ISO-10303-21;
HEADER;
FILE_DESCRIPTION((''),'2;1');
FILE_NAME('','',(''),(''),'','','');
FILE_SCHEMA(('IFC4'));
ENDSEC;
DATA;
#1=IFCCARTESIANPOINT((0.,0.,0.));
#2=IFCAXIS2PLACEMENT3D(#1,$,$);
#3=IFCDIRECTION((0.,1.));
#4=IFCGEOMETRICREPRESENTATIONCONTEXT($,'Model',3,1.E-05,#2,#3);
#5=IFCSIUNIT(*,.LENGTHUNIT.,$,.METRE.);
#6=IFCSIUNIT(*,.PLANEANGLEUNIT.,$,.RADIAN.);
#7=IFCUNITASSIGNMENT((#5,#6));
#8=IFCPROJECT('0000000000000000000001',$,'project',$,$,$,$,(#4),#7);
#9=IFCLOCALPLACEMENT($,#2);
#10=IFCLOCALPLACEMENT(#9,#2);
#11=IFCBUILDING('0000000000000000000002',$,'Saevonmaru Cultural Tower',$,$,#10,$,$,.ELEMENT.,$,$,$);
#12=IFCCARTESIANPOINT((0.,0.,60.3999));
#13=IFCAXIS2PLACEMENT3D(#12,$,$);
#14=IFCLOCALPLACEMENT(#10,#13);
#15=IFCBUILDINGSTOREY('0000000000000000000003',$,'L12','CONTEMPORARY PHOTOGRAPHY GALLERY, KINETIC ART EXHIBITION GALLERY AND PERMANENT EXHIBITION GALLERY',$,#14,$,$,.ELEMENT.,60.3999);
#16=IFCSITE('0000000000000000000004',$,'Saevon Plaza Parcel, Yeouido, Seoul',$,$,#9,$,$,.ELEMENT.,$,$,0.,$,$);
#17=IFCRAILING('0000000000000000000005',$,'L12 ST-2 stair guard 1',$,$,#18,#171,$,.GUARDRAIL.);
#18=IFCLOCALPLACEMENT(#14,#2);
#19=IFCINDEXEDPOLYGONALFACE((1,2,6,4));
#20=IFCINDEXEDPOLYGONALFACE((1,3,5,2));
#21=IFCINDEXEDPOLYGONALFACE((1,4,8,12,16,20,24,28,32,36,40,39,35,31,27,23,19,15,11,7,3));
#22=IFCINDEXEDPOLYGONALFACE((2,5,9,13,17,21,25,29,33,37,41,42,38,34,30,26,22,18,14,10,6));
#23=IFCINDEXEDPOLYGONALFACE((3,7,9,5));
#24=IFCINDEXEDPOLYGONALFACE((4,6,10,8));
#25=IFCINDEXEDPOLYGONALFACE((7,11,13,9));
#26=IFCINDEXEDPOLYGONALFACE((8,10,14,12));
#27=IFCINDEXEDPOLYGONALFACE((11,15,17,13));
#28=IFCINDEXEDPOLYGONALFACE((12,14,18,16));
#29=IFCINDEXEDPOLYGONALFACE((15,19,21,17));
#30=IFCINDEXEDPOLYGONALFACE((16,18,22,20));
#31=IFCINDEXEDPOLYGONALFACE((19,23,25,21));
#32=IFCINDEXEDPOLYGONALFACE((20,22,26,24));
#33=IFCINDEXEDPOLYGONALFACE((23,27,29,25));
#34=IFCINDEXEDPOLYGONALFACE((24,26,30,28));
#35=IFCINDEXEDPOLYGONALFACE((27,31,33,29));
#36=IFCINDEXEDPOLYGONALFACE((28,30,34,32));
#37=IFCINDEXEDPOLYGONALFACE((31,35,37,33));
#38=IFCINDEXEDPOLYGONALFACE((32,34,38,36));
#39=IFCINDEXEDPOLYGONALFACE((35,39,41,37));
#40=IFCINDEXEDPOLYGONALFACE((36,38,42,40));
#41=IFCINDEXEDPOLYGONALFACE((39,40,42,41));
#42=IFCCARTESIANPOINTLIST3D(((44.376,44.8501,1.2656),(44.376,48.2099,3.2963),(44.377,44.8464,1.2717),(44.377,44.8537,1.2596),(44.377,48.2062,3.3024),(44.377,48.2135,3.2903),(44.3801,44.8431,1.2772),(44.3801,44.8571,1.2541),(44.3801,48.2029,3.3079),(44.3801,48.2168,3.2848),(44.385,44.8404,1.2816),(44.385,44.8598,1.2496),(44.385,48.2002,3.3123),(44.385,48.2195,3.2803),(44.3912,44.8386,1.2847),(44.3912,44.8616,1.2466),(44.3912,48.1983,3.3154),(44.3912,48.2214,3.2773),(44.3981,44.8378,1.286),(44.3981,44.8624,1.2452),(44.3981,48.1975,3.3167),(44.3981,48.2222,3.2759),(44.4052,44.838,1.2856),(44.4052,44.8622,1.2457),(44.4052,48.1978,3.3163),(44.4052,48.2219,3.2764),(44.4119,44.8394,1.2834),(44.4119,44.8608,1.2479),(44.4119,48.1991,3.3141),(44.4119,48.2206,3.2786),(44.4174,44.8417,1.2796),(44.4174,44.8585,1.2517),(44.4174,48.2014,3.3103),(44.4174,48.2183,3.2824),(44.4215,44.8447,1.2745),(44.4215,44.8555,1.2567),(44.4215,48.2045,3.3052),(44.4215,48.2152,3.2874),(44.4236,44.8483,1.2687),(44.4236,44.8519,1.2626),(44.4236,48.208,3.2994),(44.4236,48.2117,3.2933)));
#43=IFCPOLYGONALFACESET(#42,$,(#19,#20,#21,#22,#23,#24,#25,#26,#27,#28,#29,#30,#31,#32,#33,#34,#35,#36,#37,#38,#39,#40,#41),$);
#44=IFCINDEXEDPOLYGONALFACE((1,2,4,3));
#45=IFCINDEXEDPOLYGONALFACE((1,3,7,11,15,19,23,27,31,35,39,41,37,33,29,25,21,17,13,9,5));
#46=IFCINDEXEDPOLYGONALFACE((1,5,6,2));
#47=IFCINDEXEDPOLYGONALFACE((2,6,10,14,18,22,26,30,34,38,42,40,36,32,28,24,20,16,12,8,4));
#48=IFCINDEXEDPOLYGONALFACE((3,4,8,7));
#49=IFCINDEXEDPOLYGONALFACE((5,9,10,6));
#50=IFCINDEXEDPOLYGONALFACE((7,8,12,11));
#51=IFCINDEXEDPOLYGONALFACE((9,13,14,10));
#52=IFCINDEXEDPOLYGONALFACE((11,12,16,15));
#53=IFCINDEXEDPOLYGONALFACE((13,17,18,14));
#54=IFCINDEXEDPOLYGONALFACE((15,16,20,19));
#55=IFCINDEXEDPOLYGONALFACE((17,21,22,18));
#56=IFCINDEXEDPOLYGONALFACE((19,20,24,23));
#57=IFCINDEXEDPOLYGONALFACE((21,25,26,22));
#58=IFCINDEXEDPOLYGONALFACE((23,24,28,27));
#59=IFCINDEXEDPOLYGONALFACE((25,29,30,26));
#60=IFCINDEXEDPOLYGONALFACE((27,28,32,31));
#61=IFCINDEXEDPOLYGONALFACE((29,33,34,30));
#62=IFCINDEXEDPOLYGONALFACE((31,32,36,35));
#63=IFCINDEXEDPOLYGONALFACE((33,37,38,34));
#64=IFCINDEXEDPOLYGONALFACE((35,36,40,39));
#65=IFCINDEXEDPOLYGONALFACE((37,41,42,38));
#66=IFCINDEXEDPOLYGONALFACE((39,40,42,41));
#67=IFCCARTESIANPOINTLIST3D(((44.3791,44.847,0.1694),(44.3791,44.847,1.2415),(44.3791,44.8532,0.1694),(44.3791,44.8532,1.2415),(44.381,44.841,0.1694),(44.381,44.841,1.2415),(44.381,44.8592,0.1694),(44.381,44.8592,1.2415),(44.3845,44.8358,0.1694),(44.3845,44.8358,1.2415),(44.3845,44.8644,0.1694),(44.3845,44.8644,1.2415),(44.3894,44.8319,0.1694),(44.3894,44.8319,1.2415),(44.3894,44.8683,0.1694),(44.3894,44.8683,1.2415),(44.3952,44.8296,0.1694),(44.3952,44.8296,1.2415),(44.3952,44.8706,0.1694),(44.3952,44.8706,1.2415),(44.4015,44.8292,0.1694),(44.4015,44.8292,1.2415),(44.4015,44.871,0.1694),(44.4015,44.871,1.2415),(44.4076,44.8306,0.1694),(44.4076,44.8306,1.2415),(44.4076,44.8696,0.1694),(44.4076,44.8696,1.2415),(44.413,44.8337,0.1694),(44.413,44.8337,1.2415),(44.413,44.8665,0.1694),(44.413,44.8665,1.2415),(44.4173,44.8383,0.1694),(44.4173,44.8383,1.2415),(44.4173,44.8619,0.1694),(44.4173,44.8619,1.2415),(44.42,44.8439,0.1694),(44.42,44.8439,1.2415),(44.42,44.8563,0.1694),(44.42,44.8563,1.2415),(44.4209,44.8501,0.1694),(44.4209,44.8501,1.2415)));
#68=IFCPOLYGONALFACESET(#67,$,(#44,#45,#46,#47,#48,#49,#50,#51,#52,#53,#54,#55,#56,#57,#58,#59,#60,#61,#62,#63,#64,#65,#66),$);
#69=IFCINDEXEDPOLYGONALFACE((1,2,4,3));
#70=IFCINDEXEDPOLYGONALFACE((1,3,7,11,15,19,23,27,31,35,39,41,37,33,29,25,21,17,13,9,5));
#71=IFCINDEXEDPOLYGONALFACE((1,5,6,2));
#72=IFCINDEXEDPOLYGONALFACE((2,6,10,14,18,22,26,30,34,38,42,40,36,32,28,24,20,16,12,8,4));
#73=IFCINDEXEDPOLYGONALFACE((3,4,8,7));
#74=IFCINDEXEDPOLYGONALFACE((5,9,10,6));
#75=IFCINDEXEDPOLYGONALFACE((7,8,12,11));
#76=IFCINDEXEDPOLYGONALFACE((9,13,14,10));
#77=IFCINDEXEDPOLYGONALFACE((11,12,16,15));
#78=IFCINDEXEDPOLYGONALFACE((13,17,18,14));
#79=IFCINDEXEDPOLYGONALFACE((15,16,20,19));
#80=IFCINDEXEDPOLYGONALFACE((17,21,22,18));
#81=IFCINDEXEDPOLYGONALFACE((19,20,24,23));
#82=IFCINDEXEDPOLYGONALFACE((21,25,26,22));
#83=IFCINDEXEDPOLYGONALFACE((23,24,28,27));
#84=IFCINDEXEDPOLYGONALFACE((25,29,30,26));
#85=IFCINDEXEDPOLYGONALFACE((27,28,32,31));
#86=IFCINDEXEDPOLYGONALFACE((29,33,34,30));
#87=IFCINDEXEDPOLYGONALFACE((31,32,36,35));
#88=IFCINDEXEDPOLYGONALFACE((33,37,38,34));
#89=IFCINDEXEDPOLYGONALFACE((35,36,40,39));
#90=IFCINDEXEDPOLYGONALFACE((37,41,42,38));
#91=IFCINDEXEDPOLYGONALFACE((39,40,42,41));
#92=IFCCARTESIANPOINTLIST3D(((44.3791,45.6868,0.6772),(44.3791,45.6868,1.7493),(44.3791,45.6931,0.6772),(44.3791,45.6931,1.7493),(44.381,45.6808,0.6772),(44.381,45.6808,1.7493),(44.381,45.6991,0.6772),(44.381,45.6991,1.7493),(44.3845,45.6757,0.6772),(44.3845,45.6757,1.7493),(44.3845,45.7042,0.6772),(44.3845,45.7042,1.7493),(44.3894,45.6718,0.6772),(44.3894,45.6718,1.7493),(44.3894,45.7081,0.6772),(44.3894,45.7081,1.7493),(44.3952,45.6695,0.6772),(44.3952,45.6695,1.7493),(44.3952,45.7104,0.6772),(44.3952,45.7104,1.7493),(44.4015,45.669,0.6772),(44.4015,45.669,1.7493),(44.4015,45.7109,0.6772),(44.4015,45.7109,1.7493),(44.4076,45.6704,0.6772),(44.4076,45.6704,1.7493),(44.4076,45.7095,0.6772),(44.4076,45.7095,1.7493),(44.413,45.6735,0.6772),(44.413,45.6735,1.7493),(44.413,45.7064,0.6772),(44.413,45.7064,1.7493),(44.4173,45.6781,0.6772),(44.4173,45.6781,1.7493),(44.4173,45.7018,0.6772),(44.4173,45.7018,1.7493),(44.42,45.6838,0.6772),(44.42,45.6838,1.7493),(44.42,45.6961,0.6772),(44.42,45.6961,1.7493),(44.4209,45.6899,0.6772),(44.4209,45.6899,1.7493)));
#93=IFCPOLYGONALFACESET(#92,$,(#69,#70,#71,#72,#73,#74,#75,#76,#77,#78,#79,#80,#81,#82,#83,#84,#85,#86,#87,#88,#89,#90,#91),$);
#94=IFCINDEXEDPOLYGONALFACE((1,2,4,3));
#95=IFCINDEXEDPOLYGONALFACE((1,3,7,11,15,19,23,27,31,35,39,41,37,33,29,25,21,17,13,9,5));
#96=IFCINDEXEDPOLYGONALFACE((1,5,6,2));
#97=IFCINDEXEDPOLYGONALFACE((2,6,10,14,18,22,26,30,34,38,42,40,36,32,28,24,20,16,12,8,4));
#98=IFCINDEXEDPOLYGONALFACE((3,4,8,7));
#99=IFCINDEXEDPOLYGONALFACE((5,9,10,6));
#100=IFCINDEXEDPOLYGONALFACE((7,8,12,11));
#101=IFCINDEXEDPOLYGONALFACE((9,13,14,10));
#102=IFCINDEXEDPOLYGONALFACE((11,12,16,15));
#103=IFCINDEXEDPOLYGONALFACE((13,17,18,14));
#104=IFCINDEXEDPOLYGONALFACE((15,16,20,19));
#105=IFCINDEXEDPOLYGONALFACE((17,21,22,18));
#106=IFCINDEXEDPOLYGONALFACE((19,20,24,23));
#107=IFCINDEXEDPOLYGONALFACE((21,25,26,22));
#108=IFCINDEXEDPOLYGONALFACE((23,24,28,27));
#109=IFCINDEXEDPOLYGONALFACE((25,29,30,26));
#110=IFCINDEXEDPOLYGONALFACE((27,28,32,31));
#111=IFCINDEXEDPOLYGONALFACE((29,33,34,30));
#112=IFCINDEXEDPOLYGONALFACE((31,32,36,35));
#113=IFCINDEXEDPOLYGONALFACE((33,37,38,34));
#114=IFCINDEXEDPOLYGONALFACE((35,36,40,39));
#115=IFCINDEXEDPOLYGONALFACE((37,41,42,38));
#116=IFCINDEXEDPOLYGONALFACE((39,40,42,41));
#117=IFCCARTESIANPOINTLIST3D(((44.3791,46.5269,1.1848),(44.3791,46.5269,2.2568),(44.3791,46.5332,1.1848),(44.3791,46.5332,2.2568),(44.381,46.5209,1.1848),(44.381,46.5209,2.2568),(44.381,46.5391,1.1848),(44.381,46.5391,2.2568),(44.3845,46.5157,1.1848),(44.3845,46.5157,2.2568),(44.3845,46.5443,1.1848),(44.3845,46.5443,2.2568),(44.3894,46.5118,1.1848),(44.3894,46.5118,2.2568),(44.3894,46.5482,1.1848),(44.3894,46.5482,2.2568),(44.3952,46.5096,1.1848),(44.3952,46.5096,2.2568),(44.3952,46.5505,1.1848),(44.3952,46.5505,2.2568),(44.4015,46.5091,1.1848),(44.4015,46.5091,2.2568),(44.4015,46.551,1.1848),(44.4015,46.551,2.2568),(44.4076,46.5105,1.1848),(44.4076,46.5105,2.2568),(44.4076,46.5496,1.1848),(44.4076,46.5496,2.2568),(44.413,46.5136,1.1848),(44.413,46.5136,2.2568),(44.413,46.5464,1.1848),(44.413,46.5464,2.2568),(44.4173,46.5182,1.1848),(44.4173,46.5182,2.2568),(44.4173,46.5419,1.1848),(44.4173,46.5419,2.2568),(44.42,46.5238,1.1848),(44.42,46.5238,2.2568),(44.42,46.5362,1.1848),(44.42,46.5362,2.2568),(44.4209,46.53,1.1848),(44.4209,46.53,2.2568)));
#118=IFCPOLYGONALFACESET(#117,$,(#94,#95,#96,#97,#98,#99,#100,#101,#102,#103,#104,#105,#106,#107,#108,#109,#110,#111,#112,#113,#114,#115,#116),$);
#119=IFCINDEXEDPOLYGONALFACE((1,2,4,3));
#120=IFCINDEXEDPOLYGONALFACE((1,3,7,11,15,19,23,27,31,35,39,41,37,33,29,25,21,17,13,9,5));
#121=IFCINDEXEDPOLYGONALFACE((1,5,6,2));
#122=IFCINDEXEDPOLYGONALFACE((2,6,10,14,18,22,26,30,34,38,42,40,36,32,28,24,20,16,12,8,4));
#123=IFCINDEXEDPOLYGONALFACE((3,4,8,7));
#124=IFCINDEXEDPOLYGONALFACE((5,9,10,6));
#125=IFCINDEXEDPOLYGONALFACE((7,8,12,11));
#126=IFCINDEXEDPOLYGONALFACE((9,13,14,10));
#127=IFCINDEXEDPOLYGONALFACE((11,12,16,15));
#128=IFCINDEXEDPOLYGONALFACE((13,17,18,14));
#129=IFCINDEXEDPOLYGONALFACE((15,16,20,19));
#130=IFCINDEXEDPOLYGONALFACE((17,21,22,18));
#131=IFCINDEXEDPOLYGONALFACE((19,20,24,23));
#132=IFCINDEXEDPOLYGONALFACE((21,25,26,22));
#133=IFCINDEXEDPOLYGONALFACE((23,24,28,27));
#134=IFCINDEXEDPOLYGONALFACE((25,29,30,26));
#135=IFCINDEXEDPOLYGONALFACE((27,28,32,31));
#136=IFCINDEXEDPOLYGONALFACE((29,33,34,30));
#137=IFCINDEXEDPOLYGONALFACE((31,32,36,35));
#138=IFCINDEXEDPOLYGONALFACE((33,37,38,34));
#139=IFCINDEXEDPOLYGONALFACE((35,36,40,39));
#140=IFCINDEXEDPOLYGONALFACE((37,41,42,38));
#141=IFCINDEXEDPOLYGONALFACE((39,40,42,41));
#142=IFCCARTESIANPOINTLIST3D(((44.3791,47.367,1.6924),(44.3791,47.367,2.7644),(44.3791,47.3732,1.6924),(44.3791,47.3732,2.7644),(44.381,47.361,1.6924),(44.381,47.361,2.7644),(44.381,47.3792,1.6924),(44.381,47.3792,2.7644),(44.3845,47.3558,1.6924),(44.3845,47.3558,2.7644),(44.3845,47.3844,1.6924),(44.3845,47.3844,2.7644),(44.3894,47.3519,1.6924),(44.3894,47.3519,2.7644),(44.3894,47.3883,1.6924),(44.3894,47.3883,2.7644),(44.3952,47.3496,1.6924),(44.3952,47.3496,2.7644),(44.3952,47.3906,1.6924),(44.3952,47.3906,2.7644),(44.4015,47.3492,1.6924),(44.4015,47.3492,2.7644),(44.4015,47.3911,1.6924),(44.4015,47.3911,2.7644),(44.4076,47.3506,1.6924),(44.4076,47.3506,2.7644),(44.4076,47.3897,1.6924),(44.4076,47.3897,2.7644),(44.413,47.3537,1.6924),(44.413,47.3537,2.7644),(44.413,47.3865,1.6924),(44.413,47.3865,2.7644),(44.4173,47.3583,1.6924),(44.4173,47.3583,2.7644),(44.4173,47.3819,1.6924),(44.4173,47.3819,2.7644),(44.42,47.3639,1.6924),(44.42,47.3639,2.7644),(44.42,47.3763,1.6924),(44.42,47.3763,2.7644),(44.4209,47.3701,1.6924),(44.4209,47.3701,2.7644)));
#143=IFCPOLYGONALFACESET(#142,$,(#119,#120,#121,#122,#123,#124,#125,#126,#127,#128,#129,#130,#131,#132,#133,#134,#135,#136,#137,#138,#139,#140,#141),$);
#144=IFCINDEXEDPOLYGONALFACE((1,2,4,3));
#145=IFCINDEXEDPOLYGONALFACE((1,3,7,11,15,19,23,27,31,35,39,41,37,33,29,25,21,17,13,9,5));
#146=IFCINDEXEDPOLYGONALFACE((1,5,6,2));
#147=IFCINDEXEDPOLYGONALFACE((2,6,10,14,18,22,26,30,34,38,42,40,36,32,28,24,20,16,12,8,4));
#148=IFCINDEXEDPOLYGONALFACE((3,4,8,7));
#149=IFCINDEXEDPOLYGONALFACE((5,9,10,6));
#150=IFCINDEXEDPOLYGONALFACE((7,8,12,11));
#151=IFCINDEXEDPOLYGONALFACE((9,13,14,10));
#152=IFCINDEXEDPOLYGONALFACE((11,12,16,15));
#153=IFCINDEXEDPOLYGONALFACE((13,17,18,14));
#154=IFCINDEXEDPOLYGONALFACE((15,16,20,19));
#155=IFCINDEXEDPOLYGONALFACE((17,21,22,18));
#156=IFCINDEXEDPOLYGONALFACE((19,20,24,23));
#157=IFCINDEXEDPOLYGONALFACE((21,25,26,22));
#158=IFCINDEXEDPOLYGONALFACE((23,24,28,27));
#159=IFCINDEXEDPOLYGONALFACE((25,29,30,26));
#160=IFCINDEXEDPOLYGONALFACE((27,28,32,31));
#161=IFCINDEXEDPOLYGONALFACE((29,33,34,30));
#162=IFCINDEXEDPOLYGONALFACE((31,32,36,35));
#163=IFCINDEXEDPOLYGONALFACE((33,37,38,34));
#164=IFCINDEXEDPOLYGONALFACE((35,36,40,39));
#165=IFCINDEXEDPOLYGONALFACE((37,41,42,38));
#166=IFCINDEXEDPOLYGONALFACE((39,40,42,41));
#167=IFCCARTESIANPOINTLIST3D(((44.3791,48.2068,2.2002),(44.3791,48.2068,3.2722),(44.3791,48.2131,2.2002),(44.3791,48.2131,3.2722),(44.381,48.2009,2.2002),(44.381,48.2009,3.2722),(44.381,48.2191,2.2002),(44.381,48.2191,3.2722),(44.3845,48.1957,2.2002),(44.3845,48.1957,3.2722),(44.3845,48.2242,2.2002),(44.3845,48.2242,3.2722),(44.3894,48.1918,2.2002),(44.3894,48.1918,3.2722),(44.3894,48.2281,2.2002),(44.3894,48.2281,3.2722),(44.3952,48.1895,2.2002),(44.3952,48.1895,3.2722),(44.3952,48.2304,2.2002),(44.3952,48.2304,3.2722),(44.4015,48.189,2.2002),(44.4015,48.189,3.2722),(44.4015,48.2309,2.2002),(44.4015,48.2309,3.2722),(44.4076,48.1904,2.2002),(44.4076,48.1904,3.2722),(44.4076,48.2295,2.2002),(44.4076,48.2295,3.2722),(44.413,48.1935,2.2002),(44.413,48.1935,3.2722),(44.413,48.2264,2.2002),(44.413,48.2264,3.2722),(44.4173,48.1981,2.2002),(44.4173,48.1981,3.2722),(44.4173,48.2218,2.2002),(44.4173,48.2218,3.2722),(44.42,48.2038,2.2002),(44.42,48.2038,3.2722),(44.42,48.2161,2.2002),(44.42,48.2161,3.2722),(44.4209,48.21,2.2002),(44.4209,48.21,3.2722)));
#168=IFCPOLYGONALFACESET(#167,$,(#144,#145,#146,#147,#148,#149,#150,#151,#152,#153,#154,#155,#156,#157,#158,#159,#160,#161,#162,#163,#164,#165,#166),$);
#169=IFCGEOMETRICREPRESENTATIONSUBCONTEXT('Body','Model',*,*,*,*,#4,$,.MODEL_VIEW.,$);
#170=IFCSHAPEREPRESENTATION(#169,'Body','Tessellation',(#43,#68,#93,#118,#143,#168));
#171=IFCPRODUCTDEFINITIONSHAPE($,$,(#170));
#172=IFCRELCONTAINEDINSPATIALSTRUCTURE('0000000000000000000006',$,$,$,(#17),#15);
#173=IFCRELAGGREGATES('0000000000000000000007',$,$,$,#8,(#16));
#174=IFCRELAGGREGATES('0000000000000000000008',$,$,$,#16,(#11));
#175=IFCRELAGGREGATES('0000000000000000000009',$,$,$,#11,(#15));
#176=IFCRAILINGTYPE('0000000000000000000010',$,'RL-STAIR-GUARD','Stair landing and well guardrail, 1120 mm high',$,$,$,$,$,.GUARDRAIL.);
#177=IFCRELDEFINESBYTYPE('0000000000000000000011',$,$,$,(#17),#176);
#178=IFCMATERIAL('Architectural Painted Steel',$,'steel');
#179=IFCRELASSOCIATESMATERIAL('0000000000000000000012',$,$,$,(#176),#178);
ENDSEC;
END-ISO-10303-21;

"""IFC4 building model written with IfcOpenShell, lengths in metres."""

from ifc_helpers import new_model, si_unit, direction, frame, origin, origin_2d, place, context, subcontext, project, spatial, circle, extrude, material, type_object, element, save


model = new_model("IFC4")

# Units and contexts
model_context = context("Model", 3, precision=1e-05, world=origin(), true_north=direction((0.0, 1.0)))
body_context = subcontext(model_context, "Body", "Model", "MODEL_VIEW")
ifc_project = project(units=[si_unit("LENGTHUNIT", "METRE"), si_unit("PLANEANGLEUNIT", "RADIAN")], contexts=[model_context])

# Site, building, storey
site_placement = place(None, origin())
site = spatial("IfcSite", under=ifc_project, at=site_placement, Name="Saevon Plaza Parcel, Yeouido, Seoul", CompositionType="ELEMENT", RefElevation=0.0)
building_placement = place(site_placement, origin())
building = spatial("IfcBuilding", under=site, at=building_placement, Name="Saevonmaru Cultural Tower", CompositionType="ELEMENT")
storey_placement = place(building_placement, frame((0.0, 0.0, 60.3999)))
storey = spatial("IfcBuildingStorey", under=building, at=storey_placement, Name="L12", Description="CONTEMPORARY PHOTOGRAPHY GALLERY, KINETIC ART EXHIBITION GALLERY AND PERMANENT EXHIBITION GALLERY", CompositionType="ELEMENT", Elevation=60.3999)

# Railing
ifc_material_1 = material(Name="Architectural Painted Steel", Category="steel")
railing_type_1 = type_object("IfcRailingType", Name="RL-STAIR-GUARD", Description="Stair landing and well guardrail, 1120 mm high", PredefinedType="GUARDRAIL", material=ifc_material_1)
railing_1_placement = place(storey_placement, frame((44.3999, 44.8501, 0.1694)))
element("IfcRailing", 1, at=railing_1_placement, inside=storey, type_object=railing_type_1, Name="L12 ST-2 stair guard 1", PredefinedType="GUARDRAIL", context=body_context, shape_type="SweptSolid", body=[
    extrude(circle(Radius=0.0239, at=origin_2d()), frame((0.0, 0.0, 1.0962), z_axis=(0.0, 0.85582, 0.517273), x_axis=(-1.0, 0.0, 0.0)), (0.0, 0.0, 1.0), 3.9258),
    extrude(circle(Radius=0.021, at=origin_2d()), origin(), (0.0, 0.0, 1.0), 1.072),
    extrude(circle(Radius=0.021, at=origin_2d()), frame((0.0, 0.8398, 0.5078)), (0.0, 0.0, 1.0), 1.072),
    extrude(circle(Radius=0.021, at=origin_2d()), frame((0.0, 1.6799, 1.0154)), (0.0, 0.0, 1.0), 1.072),
    extrude(circle(Radius=0.021, at=origin_2d()), frame((0.0, 2.52, 1.5229)), (0.0, 0.0, 1.0), 1.072),
    extrude(circle(Radius=0.021, at=origin_2d()), frame((0.0, 3.3599, 2.0308)), (0.0, 0.0, 1.0), 1.072),
])

save(model, "model.ifc")
